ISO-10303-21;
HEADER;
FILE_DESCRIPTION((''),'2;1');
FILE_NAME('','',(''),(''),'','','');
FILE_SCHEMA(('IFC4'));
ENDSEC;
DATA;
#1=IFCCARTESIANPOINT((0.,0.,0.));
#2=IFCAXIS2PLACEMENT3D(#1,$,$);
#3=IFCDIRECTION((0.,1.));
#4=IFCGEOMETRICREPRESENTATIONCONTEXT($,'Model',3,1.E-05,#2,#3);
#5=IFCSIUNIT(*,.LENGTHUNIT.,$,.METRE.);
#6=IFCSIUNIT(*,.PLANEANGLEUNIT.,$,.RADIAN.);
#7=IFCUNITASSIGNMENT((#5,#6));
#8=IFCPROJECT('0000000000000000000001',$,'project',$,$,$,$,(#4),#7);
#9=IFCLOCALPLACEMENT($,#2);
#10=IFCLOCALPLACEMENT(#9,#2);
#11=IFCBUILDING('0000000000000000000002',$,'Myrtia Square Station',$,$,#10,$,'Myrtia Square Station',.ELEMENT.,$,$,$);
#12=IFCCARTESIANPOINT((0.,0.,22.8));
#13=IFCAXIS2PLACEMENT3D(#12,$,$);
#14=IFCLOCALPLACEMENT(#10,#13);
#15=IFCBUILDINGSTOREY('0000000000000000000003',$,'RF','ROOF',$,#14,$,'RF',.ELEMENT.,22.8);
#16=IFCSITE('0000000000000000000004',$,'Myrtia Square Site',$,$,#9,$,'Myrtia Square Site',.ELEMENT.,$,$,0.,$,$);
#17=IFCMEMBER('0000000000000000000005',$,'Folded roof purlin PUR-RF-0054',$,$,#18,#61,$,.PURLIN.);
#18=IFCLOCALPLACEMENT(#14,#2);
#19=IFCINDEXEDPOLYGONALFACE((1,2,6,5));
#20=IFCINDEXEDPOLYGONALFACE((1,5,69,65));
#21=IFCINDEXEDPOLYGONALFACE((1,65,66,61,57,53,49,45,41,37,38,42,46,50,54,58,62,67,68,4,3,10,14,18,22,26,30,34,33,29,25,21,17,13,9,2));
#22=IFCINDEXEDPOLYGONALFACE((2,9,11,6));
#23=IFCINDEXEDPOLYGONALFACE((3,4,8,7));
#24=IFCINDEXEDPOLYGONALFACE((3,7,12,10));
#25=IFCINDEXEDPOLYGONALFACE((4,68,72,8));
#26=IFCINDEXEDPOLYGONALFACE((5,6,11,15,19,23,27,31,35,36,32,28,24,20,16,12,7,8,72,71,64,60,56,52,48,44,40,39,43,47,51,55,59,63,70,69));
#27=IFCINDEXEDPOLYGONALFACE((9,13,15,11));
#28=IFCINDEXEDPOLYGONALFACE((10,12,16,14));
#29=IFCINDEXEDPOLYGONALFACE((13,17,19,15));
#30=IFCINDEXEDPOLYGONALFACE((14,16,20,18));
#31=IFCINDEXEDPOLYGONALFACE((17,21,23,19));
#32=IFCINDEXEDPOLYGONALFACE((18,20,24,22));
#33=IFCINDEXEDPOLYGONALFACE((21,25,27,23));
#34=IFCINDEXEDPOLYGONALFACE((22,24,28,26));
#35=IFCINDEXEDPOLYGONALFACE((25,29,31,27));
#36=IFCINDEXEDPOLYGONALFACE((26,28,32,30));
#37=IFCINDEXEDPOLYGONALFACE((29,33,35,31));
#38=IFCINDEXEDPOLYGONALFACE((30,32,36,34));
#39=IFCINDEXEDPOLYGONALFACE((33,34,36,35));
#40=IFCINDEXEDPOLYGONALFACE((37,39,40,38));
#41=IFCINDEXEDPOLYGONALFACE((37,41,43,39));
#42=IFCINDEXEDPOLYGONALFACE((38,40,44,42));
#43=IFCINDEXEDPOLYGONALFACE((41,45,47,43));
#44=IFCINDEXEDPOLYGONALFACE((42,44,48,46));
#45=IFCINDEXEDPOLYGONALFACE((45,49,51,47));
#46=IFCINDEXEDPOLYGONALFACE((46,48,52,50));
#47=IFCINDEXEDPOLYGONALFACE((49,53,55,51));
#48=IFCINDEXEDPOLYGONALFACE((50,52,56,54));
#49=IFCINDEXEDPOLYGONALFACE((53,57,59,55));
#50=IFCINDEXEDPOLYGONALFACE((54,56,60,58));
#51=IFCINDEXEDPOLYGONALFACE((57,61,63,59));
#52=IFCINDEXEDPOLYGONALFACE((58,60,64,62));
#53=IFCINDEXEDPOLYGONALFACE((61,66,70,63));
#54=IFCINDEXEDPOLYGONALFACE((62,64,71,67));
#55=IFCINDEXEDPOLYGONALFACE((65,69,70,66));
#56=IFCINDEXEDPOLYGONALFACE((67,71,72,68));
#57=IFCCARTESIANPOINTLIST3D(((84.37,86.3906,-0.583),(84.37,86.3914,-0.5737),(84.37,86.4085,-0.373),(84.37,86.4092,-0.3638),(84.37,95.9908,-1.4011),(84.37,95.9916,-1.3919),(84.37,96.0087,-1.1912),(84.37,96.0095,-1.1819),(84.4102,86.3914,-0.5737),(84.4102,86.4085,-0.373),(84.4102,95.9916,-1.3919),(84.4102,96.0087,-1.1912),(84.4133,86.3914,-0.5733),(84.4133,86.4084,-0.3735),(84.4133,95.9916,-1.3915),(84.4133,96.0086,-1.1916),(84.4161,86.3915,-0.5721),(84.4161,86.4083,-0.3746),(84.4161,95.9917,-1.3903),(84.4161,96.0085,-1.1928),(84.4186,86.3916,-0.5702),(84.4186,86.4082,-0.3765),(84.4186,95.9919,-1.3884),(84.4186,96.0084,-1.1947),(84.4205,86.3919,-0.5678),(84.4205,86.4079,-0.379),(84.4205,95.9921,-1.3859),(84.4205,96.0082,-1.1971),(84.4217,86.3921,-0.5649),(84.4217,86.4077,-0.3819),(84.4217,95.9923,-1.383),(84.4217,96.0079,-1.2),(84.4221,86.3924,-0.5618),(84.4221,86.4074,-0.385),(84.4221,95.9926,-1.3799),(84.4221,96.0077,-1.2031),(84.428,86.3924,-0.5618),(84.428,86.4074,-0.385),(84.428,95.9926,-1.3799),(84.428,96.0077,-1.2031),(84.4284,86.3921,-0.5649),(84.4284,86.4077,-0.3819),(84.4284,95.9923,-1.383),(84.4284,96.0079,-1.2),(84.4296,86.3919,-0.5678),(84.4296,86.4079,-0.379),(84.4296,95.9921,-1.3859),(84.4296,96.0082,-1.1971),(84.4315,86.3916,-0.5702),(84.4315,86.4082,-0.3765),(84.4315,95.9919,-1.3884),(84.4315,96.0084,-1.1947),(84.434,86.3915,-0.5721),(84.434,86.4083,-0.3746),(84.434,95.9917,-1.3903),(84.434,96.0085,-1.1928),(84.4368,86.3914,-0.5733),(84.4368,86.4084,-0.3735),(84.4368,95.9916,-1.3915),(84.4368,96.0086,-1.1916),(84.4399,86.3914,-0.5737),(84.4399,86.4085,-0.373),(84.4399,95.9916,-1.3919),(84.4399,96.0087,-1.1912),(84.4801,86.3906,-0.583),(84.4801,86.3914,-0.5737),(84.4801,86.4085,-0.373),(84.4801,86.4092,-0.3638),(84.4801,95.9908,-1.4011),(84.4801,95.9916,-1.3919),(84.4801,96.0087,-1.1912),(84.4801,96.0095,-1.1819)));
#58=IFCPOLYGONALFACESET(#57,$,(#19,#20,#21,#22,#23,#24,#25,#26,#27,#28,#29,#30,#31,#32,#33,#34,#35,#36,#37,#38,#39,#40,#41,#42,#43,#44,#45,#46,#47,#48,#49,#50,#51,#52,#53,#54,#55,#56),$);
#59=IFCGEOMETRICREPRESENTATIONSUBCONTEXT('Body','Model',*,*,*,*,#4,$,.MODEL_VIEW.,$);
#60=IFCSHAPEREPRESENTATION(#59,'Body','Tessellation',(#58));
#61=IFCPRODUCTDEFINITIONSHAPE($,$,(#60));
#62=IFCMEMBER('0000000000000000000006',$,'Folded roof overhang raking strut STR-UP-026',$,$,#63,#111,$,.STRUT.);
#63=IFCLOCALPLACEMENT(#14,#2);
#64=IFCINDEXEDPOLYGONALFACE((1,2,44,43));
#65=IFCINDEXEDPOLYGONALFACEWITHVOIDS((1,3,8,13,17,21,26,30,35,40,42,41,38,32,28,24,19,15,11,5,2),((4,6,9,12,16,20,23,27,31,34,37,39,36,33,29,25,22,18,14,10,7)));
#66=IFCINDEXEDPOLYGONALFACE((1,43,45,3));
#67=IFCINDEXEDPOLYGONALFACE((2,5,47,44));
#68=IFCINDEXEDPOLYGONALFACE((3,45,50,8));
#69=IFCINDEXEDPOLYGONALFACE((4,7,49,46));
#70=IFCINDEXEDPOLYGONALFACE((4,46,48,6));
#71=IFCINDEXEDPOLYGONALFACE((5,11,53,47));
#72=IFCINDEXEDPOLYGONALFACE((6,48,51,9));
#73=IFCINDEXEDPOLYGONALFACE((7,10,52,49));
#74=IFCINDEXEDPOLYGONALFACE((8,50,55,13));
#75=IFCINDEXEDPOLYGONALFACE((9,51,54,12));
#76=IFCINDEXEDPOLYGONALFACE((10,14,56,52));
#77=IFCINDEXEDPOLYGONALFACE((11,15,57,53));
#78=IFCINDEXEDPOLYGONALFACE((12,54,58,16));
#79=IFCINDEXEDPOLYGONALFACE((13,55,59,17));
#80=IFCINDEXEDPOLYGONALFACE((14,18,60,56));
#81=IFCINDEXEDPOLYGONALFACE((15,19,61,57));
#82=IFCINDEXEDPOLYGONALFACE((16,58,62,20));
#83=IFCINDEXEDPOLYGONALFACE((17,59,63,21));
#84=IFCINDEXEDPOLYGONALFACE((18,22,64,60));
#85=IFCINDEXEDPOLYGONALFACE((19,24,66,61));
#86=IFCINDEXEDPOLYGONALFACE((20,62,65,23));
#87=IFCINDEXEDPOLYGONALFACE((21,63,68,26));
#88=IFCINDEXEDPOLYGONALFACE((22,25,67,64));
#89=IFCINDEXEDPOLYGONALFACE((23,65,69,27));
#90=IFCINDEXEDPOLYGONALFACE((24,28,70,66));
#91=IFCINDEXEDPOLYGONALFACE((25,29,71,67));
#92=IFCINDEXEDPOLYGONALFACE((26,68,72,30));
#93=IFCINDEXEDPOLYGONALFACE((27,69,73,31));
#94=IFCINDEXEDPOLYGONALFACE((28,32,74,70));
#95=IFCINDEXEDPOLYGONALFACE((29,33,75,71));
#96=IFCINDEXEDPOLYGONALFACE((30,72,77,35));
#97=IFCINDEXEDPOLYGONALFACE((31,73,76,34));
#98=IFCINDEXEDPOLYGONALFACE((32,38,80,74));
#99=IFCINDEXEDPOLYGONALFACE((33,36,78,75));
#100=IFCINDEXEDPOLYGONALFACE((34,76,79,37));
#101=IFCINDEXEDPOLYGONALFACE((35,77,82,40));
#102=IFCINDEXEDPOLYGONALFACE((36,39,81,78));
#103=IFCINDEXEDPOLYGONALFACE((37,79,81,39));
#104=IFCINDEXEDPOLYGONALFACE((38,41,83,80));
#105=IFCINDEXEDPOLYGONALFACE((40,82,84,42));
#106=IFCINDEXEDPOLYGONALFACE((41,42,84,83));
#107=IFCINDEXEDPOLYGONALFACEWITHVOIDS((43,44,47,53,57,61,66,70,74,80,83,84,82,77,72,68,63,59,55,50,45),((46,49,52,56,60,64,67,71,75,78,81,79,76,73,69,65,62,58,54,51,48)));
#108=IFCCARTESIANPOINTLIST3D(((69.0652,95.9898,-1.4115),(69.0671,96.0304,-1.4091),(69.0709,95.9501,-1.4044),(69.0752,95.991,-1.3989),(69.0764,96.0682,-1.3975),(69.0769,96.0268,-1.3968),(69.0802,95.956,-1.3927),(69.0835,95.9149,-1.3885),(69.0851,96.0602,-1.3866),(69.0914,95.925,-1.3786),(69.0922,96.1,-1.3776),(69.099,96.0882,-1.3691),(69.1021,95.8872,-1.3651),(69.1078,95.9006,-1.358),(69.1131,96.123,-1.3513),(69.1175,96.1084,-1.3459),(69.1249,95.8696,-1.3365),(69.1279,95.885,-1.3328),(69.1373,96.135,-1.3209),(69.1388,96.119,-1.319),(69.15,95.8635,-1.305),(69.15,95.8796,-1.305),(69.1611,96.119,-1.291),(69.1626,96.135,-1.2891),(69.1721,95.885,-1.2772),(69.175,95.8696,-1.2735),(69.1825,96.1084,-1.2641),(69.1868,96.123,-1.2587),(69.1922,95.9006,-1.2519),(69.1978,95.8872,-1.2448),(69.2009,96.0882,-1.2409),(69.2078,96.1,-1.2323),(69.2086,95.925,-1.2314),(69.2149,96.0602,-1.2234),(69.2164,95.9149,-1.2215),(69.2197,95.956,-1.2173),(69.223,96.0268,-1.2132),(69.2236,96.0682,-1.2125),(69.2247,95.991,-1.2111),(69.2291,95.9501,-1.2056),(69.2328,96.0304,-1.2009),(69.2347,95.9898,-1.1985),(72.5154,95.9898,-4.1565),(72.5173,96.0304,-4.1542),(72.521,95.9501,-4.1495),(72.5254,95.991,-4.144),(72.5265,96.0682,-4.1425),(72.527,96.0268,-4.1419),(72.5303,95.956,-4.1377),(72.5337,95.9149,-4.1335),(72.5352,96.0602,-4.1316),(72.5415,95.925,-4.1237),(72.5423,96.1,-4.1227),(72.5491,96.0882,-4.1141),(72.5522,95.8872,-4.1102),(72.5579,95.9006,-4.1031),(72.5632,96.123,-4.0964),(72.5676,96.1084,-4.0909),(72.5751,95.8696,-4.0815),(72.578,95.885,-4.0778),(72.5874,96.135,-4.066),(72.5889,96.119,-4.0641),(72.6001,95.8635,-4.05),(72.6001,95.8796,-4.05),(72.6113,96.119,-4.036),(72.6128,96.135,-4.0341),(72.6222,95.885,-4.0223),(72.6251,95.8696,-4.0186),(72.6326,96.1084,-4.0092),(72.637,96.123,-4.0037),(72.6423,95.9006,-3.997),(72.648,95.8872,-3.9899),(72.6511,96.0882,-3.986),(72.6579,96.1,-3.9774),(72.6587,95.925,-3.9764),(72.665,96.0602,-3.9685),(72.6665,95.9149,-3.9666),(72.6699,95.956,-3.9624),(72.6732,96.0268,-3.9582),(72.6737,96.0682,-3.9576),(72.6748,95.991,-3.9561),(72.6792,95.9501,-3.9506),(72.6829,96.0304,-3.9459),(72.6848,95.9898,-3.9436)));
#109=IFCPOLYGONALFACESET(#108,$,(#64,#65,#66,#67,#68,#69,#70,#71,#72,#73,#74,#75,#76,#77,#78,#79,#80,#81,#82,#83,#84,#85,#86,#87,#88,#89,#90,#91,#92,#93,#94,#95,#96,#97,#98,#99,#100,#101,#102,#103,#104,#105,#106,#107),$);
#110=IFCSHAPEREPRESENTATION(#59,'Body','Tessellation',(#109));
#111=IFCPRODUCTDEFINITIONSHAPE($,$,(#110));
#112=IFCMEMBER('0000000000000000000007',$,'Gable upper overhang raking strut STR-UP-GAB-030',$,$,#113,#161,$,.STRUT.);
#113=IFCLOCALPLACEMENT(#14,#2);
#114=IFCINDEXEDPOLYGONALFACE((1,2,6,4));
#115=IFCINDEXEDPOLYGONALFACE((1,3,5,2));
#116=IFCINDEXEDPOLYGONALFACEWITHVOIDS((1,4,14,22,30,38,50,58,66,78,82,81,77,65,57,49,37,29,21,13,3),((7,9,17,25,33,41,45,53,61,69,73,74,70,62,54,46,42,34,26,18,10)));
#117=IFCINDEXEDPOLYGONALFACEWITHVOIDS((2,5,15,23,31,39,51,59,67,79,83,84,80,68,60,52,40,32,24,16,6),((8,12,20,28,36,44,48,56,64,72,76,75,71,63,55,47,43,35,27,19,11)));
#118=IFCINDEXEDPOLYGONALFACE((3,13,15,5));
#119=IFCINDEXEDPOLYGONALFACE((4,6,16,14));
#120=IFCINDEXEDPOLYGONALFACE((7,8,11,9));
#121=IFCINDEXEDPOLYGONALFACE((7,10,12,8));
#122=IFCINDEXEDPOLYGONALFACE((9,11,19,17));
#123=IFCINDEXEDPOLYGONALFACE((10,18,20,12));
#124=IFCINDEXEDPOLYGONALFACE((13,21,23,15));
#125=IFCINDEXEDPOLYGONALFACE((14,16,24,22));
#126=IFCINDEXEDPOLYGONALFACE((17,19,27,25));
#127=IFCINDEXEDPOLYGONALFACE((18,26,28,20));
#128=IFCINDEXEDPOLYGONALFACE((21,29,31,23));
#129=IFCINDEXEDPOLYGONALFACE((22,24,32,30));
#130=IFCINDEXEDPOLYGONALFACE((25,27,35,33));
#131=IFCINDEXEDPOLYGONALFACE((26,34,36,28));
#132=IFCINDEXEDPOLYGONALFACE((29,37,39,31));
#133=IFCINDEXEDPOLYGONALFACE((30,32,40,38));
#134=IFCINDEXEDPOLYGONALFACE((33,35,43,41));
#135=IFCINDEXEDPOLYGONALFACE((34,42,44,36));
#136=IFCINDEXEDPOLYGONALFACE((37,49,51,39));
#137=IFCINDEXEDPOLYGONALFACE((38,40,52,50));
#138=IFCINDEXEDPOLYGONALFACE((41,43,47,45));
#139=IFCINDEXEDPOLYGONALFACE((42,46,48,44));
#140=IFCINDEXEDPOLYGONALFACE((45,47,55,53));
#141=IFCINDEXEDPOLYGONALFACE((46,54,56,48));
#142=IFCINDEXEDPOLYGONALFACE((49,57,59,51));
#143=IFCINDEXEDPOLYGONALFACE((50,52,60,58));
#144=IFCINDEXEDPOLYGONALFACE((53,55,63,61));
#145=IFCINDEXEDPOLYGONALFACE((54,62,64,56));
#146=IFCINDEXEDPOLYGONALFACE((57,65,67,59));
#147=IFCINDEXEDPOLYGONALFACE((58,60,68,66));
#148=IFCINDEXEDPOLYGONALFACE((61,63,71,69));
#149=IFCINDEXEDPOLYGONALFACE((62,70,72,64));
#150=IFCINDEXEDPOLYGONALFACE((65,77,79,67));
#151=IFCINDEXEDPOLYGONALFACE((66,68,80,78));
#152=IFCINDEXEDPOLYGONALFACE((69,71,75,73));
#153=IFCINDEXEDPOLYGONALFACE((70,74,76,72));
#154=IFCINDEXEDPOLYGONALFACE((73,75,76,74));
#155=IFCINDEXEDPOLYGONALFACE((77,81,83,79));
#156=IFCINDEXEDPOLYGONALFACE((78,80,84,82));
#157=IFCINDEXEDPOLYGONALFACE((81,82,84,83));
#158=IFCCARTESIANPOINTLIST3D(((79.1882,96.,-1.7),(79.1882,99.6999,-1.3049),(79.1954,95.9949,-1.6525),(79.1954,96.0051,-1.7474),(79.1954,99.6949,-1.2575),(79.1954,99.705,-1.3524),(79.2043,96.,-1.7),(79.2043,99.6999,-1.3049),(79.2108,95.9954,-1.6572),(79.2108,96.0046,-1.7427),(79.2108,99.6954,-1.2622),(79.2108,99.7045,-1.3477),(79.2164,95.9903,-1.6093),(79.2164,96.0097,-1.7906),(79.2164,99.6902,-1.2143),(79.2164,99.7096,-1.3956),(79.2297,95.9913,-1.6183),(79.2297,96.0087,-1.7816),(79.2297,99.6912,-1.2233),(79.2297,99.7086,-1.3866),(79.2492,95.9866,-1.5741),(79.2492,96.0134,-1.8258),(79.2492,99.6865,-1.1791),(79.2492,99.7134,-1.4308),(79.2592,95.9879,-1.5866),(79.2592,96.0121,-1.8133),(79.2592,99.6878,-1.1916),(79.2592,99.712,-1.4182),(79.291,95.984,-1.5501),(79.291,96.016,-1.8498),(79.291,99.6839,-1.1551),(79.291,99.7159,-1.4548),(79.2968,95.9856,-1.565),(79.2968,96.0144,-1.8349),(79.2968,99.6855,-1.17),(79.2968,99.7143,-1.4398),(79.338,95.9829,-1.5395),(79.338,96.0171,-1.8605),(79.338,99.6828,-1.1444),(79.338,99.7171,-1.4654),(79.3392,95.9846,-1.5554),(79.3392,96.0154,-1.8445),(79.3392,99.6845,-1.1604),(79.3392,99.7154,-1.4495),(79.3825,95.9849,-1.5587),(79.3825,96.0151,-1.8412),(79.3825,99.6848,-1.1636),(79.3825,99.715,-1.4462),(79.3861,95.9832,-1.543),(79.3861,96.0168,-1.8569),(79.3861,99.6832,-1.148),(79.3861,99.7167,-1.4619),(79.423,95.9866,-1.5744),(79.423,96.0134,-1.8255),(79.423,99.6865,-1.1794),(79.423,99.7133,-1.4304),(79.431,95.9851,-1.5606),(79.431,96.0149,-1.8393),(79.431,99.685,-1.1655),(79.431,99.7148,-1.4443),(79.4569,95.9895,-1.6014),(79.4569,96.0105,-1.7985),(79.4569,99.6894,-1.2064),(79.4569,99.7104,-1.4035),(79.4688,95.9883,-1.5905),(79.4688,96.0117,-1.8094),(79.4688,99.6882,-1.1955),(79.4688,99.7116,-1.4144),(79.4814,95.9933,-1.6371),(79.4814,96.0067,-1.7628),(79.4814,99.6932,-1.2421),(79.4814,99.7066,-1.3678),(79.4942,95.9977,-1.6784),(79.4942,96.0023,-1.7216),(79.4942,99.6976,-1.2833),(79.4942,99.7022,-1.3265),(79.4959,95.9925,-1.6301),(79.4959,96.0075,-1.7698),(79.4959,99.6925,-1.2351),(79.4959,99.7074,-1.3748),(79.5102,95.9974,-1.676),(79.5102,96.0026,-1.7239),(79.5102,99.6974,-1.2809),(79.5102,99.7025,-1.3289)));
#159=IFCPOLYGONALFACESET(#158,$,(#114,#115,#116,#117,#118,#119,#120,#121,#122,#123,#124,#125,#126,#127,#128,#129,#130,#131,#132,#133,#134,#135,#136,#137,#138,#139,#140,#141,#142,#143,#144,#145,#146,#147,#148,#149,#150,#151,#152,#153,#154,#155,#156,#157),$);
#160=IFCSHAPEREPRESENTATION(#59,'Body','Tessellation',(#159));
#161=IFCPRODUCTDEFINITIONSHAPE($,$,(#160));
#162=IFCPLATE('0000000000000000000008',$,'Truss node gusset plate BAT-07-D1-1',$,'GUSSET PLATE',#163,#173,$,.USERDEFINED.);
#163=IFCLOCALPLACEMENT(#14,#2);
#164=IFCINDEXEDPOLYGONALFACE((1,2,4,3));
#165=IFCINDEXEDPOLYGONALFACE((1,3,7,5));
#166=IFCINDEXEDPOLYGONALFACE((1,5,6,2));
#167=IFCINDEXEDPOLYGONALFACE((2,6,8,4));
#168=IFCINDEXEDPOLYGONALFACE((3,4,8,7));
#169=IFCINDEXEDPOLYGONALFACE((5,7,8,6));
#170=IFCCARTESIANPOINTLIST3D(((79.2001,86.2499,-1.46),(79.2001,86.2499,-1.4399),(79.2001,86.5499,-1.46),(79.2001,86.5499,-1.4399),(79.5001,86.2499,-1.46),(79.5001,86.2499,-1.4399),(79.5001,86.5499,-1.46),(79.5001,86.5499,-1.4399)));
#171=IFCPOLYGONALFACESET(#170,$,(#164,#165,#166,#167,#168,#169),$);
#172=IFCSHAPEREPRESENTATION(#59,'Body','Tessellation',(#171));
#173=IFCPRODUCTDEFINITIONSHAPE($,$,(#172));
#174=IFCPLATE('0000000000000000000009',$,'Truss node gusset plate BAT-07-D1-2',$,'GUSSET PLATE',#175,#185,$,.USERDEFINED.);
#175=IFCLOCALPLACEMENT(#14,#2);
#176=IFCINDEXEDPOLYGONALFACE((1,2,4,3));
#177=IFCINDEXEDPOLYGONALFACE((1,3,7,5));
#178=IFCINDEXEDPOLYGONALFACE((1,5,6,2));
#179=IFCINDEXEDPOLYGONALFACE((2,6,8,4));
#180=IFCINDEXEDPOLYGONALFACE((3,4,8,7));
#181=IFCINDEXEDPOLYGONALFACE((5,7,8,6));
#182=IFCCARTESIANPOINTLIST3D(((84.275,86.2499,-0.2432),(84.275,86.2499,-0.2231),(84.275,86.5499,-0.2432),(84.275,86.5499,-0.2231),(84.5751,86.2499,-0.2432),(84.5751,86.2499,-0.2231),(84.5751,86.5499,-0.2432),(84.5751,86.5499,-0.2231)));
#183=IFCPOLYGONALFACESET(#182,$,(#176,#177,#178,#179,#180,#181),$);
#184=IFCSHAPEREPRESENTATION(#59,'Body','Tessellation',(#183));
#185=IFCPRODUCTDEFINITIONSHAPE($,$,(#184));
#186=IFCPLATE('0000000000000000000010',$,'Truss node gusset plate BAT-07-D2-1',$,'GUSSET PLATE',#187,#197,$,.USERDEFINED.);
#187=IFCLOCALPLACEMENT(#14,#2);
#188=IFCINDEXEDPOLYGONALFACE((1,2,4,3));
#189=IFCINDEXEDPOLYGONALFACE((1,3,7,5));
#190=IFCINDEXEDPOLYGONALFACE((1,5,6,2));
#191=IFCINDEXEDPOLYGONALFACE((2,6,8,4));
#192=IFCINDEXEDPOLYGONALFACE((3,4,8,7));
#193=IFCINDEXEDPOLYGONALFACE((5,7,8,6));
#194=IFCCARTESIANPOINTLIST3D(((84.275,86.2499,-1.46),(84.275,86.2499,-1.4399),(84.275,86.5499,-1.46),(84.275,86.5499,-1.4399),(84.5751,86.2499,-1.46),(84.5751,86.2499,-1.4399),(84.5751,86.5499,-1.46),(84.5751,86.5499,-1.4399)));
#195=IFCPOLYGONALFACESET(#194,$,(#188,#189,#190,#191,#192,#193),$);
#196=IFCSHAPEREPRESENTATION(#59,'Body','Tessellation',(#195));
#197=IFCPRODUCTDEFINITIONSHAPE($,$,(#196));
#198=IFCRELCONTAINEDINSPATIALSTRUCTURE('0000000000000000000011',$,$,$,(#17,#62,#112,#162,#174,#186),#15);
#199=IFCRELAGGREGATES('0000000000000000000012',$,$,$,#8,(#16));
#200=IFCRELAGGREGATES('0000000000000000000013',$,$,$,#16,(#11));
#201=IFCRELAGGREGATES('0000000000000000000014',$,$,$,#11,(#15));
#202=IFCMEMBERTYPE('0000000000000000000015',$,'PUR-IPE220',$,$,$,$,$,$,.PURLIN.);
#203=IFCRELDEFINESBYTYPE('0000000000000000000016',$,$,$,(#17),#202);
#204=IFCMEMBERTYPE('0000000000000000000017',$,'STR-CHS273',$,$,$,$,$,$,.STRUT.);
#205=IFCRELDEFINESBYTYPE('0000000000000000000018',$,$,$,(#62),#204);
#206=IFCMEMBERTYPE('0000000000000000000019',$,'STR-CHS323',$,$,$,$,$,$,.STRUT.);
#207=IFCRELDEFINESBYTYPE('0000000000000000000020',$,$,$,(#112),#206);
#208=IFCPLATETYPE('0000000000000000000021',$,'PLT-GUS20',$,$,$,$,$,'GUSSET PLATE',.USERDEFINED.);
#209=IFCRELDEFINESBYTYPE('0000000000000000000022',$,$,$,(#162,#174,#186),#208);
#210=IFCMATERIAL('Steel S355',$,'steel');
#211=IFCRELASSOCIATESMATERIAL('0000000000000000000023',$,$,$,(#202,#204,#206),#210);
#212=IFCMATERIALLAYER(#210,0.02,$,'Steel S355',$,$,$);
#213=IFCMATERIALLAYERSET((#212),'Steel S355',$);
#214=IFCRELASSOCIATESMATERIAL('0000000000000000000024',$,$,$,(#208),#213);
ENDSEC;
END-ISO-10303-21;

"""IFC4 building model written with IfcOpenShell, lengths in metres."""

from ifc_helpers import new_model, si_unit, direction, frame, origin, origin_2d, place, context, subcontext, project, spatial, rectangle, hollow_circle, i_section, extrude, material, layer, layer_set, material_profile, profile_set, type_object, element, save


model = new_model("IFC4")

# Units and contexts
model_context = context("Model", 3, precision=1e-05, world=origin(), true_north=direction((0.0, 1.0)))
body_context = subcontext(model_context, "Body", "Model", "MODEL_VIEW")
ifc_project = project(units=[si_unit("LENGTHUNIT", "METRE"), si_unit("PLANEANGLEUNIT", "RADIAN")], contexts=[model_context])

# Site, building, storey
site_placement = place(None, origin())
site = spatial("IfcSite", under=ifc_project, at=site_placement, Name="Myrtia Square Site", LongName="Myrtia Square Site", CompositionType="ELEMENT", RefElevation=0.0)
building_placement = place(site_placement, origin())
building = spatial("IfcBuilding", under=site, at=building_placement, Name="Myrtia Square Station", LongName="Myrtia Square Station", CompositionType="ELEMENT")
storey_placement = place(building_placement, frame((0.0, 0.0, 22.8)))
storey = spatial("IfcBuildingStorey", under=building, at=storey_placement, Name="RF", Description="ROOF", LongName="RF", CompositionType="ELEMENT", Elevation=22.8)

# Members
ifc_material_1 = material(Name="Steel S355", Category="steel")
ifc_material_profile_1 = material_profile(ifc_material_1, i_section(OverallWidth=0.1101, OverallDepth=0.22, WebThickness=0.0059, FlangeThickness=0.0093, FilletRadius=0.012, at=origin_2d()), Name="IPE 220")
ifc_profile_set_1 = profile_set([ifc_material_profile_1], Name="Steel S355")
member_type_1 = type_object("IfcMemberType", Name="PUR-IPE220", PredefinedType="PURLIN", material=ifc_profile_set_1)
member_1_placement = place(storey_placement, frame((84.425, 86.3999, -0.4734), z_axis=(0.0, 0.996388, -0.084912), x_axis=(-1.0, 0.0, 0.0)))
element("IfcMember", 1, at=member_1_placement, inside=storey, type_object=member_type_1, Name="Folded roof purlin PUR-RF-0054", PredefinedType="PURLIN", context=body_context, shape_type="SweptSolid", body=[
    extrude(i_section(OverallWidth=0.1101, OverallDepth=0.22, WebThickness=0.0059, FlangeThickness=0.0093, FilletRadius=0.012, at=origin_2d()), origin(), (0.0, 0.0, 1.0), 9.635),
])
ifc_material_profile_2 = material_profile(ifc_material_1, hollow_circle(Radius=0.1365, WallThickness=0.0161, at=origin_2d()), Name="CHS 273x16")
ifc_profile_set_2 = profile_set([ifc_material_profile_2], Name="Steel S355")
member_type_2 = type_object("IfcMemberType", Name="STR-CHS273", PredefinedType="STRUT", material=ifc_profile_set_2)
member_2_placement = place(storey_placement, frame((72.6001, 96.0, -4.05), z_axis=(-0.78253, 0.0, 0.622613), x_axis=(0.0, -1.0, 0.0)))
element("IfcMember", 2, at=member_2_placement, inside=storey, type_object=member_type_2, Name="Folded roof overhang raking strut STR-UP-026", PredefinedType="STRUT", context=body_context, shape_type="SweptSolid", body=[
    extrude(hollow_circle(Radius=0.1365, WallThickness=0.0161, at=origin_2d()), origin(), (0.0, 0.0, 1.0), 4.4089),
])
ifc_material_profile_3 = material_profile(ifc_material_1, hollow_circle(Radius=0.1619, WallThickness=0.0161, at=origin_2d()), Name="CHS 323.9x16")
ifc_profile_set_3 = profile_set([ifc_material_profile_3], Name="Steel S355")
member_type_3 = type_object("IfcMemberType", Name="STR-CHS323", PredefinedType="STRUT", material=ifc_profile_set_3)
member_3_placement = place(storey_placement, frame((79.3501, 96.0, -1.7), z_axis=(0.0, 0.994349, 0.10616), x_axis=(-1.0, 0.0, 0.0)))
element("IfcMember", 3, at=member_3_placement, inside=storey, type_object=member_type_3, Name="Gable upper overhang raking strut STR-UP-GAB-030", PredefinedType="STRUT", context=body_context, shape_type="SweptSolid", body=[
    extrude(hollow_circle(Radius=0.1619, WallThickness=0.0161, at=origin_2d()), origin(), (0.0, 0.0, 1.0), 3.7209),
])

# Plates
ifc_layer_1 = layer(ifc_material_1, 0.02, Name="Steel S355")
ifc_layer_set_1 = layer_set([ifc_layer_1], Name="Steel S355")
plate_type_1 = type_object("IfcPlateType", Name="PLT-GUS20", ElementType="GUSSET PLATE", PredefinedType="USERDEFINED", material=ifc_layer_set_1)
for number, where, z_axis, x_axis, name in (
    (4, (79.3501, 86.3999, -1.46), (0.0, 0.0, 1.0), (1.0, 0.0, 0.0), "Truss node gusset plate BAT-07-D1-1"),
    (5, (84.425, 86.3999, -0.2432), (0.0, 0.0, 1.0), (1.0, 0.0, 0.0), "Truss node gusset plate BAT-07-D1-2"),
    (6, (84.425, 86.3999, -1.46), (0.0, 0.0, 1.0), (1.0, 0.0, 0.0), "Truss node gusset plate BAT-07-D2-1"),
):
    element("IfcPlate", number, at=place(storey_placement, frame(where, z_axis=z_axis, x_axis=x_axis)), inside=storey, type_object=plate_type_1, Name=name, ObjectType="GUSSET PLATE", PredefinedType="USERDEFINED", context=body_context, shape_type="SweptSolid", body=[
        extrude(rectangle(XDim=0.3, YDim=0.3, at=origin_2d()), origin(), (0.0, 0.0, 1.0), 0.02),
    ])

save(model, "model.ifc")
